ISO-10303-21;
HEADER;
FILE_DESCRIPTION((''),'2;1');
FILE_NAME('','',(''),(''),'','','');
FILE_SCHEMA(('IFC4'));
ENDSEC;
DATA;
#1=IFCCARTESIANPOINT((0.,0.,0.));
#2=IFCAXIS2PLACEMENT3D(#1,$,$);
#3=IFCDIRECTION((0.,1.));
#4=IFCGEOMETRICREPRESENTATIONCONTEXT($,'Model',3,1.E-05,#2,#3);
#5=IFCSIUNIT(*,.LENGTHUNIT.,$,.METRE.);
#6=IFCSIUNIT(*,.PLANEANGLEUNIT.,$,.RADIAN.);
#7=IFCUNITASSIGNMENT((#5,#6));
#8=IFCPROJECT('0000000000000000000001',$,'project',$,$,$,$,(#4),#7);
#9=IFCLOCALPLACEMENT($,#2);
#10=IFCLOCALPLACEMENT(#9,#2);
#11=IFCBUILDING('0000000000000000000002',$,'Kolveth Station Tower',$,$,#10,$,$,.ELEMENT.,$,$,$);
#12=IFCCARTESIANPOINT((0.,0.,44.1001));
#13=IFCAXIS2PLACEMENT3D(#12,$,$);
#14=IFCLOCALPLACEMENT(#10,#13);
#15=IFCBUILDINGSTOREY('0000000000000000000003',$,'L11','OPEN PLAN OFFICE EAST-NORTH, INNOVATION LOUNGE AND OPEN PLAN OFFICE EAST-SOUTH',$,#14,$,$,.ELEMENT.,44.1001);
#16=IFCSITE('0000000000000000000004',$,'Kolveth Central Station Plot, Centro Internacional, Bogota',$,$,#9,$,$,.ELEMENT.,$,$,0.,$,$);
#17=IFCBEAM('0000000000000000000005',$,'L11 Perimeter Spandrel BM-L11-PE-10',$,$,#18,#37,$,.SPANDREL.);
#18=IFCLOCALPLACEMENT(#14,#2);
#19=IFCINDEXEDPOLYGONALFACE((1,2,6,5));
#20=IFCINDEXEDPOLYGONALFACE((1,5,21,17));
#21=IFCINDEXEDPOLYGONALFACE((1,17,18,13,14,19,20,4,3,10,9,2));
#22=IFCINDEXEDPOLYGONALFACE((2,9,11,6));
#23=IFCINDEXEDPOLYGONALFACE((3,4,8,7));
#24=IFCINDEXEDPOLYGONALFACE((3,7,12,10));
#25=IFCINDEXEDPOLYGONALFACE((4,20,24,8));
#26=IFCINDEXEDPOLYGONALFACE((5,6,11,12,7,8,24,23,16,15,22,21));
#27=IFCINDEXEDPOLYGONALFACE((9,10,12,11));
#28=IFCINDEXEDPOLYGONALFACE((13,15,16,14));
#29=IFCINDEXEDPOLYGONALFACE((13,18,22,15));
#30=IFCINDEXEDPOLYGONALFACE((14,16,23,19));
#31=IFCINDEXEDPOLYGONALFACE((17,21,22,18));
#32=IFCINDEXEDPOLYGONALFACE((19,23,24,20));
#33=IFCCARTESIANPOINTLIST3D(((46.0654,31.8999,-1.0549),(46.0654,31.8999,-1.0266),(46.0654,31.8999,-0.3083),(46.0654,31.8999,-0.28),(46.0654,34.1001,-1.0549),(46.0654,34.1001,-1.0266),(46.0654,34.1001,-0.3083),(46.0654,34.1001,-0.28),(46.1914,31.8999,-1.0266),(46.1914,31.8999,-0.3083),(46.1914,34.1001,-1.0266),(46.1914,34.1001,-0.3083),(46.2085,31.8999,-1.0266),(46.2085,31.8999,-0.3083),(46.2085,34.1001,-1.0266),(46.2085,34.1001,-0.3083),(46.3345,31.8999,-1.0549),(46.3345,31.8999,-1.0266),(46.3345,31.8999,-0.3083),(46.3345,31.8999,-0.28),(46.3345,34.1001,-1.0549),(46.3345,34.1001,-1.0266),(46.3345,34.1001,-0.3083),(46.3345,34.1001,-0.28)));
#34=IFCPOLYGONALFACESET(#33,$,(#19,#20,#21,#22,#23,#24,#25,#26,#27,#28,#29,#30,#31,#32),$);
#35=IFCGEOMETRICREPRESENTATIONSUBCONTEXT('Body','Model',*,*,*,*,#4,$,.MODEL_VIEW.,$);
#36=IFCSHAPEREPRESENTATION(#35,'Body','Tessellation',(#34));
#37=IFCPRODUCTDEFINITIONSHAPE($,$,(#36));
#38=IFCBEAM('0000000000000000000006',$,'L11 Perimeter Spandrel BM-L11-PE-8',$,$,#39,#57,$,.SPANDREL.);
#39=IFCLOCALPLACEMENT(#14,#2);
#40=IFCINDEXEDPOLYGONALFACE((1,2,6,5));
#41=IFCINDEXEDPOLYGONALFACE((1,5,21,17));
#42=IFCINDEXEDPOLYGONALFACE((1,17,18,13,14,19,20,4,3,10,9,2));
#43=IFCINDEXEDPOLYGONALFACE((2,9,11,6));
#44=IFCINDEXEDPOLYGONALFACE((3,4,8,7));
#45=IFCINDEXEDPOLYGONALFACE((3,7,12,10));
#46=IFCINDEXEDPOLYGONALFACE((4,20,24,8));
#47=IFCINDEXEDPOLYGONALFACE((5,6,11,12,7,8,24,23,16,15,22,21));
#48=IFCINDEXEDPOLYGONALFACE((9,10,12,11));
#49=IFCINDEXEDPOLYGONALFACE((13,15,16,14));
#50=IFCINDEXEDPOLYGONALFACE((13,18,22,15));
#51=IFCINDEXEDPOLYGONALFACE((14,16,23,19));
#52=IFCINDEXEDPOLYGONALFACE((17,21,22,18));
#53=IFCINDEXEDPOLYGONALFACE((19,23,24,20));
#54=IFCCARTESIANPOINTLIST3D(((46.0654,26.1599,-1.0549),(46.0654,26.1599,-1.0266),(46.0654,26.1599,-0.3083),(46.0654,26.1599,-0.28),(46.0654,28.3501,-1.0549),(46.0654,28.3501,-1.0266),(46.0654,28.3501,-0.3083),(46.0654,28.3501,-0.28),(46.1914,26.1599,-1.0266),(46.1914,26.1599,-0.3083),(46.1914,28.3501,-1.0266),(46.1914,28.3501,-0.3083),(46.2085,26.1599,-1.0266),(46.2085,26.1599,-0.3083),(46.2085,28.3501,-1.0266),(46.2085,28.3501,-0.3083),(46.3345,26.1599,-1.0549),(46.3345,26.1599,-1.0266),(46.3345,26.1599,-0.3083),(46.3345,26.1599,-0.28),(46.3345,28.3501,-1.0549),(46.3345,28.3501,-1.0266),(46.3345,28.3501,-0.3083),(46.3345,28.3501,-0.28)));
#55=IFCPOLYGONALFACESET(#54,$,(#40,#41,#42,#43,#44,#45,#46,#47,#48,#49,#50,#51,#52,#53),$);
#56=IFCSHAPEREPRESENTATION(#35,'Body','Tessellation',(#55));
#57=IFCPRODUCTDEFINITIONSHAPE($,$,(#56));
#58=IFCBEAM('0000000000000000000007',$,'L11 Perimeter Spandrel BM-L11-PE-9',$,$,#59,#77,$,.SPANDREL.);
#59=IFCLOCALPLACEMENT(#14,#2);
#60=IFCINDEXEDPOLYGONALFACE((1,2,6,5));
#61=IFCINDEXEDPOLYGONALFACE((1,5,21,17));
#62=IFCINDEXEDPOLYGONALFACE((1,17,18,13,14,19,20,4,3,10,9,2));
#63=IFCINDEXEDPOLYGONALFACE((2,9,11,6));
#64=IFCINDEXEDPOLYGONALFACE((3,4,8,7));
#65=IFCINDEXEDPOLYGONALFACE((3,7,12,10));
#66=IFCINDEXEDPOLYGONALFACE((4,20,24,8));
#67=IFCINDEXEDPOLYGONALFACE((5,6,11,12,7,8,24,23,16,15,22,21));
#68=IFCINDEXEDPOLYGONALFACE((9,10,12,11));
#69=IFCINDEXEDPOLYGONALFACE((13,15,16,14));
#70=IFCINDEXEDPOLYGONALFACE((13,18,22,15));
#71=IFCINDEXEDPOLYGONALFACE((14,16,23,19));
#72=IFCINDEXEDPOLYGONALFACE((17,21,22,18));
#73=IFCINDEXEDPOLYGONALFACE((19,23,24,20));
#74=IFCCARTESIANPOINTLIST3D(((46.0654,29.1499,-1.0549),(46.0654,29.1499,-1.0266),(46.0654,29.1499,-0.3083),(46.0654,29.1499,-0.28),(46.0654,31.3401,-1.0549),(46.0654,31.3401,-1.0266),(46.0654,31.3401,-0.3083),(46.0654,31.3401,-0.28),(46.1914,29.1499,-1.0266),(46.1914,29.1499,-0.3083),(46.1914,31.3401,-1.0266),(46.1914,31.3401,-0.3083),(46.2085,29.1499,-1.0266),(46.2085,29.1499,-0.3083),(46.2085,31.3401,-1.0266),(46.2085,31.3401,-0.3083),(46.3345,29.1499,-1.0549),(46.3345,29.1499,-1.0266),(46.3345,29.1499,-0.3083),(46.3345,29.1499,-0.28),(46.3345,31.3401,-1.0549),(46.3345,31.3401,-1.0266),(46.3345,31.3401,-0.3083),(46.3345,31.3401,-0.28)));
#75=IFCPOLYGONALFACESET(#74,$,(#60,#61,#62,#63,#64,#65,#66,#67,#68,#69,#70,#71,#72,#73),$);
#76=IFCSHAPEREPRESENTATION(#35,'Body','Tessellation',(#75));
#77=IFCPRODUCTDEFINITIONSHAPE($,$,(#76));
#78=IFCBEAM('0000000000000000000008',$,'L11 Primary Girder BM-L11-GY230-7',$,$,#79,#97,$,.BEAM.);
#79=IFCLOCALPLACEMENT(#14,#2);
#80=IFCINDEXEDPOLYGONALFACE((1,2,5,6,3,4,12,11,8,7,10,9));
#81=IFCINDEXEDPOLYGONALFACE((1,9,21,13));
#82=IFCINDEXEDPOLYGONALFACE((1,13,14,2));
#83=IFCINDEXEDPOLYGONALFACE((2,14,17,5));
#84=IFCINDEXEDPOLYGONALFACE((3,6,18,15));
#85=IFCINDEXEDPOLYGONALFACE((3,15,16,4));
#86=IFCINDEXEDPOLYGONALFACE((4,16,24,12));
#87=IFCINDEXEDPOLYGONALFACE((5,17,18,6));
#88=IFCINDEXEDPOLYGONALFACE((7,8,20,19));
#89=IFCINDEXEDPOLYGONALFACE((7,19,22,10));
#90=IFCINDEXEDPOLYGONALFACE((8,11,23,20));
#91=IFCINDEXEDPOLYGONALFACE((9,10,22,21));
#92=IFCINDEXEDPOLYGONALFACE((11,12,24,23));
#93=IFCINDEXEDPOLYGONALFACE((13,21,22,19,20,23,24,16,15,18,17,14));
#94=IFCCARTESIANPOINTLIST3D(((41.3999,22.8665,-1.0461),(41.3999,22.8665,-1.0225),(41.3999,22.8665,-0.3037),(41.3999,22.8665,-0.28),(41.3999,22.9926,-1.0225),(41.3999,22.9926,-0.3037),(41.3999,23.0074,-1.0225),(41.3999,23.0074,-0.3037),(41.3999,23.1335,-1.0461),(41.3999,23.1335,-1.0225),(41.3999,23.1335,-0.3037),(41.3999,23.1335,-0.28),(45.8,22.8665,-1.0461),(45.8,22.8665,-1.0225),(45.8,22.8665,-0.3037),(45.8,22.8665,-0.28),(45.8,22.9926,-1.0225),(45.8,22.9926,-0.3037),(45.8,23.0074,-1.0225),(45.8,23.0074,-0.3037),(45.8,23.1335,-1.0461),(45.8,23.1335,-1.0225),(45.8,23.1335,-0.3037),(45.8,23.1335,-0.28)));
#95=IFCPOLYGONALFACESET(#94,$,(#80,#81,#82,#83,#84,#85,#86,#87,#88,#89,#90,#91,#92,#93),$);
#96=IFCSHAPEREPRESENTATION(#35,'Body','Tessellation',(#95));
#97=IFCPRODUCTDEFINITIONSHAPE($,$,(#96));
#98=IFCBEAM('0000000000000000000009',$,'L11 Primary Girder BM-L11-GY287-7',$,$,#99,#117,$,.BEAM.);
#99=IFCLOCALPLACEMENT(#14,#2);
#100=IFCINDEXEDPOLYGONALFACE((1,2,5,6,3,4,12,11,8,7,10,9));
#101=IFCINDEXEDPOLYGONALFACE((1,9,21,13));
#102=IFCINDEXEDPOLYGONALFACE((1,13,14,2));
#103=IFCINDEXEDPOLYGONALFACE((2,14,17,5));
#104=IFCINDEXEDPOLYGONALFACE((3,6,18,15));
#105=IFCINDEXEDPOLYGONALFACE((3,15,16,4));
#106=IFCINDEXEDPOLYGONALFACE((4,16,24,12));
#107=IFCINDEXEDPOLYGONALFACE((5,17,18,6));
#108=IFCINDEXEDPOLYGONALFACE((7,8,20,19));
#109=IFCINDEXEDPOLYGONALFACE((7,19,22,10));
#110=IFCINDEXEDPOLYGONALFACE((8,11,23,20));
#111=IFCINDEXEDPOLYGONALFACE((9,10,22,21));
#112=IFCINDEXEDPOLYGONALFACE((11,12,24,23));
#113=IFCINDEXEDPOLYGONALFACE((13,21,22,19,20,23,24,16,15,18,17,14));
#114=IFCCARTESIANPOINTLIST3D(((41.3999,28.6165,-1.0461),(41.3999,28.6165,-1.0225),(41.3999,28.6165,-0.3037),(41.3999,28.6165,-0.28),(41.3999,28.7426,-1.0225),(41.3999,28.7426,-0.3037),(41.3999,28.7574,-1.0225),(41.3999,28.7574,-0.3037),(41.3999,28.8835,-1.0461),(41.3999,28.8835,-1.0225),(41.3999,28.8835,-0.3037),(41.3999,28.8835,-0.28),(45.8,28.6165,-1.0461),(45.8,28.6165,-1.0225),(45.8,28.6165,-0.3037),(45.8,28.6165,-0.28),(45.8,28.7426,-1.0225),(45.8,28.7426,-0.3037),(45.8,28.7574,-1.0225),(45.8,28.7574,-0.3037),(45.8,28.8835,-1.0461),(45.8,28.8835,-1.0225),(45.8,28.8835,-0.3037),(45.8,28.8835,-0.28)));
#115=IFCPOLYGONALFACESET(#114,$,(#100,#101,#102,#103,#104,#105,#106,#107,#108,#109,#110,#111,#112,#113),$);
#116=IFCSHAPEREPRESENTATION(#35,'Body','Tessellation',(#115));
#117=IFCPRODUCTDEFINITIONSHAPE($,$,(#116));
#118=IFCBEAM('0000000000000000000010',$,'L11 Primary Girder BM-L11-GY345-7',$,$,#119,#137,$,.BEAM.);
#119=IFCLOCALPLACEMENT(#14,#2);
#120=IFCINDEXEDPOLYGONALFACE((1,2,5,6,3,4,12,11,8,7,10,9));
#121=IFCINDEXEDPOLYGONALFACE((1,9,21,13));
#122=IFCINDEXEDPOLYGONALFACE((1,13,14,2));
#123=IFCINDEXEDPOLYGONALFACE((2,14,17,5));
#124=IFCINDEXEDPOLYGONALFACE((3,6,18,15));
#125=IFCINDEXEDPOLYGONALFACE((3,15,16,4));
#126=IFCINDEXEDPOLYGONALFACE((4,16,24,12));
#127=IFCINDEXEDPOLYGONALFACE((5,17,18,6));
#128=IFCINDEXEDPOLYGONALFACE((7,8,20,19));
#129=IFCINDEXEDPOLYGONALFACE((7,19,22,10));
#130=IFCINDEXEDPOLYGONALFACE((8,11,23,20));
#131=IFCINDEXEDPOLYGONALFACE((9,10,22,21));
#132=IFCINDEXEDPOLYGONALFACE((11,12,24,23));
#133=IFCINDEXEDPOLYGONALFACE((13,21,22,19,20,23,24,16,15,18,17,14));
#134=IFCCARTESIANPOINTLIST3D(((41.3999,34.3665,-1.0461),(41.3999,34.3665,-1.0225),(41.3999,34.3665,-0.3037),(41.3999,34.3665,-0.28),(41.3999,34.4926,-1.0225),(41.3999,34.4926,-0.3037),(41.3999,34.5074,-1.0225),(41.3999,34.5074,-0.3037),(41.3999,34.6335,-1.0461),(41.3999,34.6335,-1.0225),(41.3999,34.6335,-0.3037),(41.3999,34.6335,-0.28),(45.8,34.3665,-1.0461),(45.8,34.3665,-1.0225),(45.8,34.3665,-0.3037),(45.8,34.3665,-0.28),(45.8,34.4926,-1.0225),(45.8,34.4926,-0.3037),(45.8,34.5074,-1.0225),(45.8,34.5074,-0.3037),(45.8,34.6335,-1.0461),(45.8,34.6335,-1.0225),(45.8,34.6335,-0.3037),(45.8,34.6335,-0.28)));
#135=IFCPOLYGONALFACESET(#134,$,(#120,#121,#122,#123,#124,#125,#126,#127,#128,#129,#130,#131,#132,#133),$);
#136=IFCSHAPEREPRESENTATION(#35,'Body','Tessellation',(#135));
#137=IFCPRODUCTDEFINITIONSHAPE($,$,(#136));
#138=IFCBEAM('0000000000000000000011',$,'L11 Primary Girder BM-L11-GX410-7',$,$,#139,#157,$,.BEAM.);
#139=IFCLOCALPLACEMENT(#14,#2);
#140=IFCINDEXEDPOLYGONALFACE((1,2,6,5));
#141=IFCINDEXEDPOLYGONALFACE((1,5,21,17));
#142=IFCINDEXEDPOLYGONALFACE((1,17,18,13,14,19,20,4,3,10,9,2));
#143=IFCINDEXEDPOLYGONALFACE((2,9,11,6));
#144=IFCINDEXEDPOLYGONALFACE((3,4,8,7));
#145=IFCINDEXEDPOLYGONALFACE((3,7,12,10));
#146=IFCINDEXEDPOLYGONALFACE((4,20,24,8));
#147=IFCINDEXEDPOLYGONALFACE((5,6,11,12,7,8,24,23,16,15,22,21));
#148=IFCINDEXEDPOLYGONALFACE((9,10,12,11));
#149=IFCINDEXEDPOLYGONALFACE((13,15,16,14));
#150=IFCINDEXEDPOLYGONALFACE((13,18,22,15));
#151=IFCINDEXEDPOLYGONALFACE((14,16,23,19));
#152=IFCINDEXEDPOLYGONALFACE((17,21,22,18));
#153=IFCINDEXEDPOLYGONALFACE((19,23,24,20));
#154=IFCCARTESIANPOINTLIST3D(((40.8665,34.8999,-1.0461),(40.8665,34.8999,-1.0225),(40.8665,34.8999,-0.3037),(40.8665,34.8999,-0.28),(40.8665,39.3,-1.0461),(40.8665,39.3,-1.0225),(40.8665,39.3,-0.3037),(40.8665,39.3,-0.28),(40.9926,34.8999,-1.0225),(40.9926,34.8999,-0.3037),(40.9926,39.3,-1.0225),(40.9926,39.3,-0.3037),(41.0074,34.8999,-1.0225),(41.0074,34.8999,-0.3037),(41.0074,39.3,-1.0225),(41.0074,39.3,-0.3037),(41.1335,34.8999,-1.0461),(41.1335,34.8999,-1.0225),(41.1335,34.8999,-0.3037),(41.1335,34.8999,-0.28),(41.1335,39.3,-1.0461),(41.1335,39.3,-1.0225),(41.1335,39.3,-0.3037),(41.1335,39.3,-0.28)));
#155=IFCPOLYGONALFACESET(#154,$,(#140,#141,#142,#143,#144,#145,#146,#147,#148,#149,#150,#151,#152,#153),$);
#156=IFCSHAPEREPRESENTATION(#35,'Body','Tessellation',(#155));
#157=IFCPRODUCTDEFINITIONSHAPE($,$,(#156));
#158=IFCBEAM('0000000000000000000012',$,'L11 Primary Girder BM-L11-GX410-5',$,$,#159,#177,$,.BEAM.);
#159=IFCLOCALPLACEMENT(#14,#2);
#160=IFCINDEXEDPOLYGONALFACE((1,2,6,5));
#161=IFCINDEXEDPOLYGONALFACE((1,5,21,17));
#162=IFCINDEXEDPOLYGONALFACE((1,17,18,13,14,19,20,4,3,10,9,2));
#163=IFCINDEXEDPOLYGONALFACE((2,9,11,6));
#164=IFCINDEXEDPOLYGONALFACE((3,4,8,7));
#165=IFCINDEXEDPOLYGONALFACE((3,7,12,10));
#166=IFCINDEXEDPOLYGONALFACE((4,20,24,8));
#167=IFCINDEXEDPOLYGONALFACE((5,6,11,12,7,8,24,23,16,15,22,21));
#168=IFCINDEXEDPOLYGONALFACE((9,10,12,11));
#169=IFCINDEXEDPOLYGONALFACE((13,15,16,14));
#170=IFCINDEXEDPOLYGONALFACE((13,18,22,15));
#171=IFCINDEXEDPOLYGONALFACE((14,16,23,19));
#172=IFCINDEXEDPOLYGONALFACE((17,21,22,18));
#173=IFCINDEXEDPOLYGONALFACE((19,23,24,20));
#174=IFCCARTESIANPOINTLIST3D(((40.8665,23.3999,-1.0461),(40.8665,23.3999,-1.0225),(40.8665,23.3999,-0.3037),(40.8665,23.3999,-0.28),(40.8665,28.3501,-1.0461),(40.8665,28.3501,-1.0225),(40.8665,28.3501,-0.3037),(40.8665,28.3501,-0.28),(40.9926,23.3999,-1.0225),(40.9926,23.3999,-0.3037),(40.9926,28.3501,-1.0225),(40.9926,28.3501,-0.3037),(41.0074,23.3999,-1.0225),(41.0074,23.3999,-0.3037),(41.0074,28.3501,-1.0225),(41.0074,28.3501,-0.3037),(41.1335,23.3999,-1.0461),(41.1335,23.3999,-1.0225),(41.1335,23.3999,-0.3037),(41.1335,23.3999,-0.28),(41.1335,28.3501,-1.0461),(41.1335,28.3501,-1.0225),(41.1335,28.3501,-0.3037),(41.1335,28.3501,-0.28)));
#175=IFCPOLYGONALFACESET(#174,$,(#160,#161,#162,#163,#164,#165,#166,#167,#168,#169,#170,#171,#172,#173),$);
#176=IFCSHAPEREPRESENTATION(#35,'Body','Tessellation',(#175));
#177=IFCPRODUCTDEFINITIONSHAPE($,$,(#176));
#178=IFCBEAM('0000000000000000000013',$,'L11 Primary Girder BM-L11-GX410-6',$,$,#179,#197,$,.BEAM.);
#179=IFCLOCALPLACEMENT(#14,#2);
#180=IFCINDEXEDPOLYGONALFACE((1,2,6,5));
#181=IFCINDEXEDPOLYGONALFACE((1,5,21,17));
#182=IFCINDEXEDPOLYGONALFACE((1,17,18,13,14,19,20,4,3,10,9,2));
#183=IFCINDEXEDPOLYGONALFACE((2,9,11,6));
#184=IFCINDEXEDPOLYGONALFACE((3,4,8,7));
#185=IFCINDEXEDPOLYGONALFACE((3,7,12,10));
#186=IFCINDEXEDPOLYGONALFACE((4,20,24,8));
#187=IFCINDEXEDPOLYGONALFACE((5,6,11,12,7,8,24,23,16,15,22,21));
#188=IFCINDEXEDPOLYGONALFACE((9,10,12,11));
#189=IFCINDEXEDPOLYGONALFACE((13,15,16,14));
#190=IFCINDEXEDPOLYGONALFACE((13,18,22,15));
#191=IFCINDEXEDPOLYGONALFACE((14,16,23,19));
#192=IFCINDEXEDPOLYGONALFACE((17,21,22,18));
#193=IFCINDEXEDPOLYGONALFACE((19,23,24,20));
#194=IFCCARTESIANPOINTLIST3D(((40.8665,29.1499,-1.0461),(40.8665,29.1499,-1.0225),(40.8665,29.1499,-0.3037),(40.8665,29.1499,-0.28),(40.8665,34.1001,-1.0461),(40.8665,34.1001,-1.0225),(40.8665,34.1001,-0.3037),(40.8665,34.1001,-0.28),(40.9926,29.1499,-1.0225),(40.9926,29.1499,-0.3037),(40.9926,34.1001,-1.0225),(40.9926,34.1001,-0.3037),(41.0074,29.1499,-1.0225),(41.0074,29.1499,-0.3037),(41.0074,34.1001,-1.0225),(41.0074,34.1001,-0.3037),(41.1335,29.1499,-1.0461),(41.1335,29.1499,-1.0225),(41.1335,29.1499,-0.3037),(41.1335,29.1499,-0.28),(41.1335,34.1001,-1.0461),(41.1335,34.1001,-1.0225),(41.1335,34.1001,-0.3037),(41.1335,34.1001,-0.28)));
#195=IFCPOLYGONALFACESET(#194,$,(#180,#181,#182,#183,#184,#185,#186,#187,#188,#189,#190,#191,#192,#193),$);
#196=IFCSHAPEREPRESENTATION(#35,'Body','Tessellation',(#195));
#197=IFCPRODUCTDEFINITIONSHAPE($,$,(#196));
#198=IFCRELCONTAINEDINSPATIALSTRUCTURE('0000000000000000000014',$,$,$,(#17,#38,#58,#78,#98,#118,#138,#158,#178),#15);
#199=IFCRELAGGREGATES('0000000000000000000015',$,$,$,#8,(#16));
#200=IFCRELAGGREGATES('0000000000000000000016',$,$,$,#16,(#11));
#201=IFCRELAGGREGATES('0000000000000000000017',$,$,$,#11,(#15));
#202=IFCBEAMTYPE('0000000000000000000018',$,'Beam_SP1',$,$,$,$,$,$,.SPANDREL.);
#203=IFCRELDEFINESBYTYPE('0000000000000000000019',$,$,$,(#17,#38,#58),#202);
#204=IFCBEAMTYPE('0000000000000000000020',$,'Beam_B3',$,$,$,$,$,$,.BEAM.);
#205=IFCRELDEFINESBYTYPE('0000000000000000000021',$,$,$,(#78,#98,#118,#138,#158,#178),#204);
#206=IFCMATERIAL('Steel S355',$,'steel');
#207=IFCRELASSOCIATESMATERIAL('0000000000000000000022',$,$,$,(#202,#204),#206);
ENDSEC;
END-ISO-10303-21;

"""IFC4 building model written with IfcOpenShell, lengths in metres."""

from ifc_helpers import new_model, si_unit, direction, frame, origin, origin_2d, place, context, subcontext, project, spatial, i_section, extrude, source, transform, mapped, material, material_profile, profile_set, type_object, element, save


model = new_model("IFC4")

# Units and contexts
model_context = context("Model", 3, precision=1e-05, world=origin(), true_north=direction((0.0, 1.0)))
body_context = subcontext(model_context, "Body", "Model", "MODEL_VIEW")
ifc_project = project(units=[si_unit("LENGTHUNIT", "METRE"), si_unit("PLANEANGLEUNIT", "RADIAN")], contexts=[model_context])

# Site, building, storey
site_placement = place(None, origin())
site = spatial("IfcSite", under=ifc_project, at=site_placement, Name="Kolveth Central Station Plot, Centro Internacional, Bogota", CompositionType="ELEMENT", RefElevation=0.0)
building_placement = place(site_placement, origin())
building = spatial("IfcBuilding", under=site, at=building_placement, Name="Kolveth Station Tower", CompositionType="ELEMENT")
storey_placement = place(building_placement, frame((0.0, 0.0, 44.1001)))
storey = spatial("IfcBuildingStorey", under=building, at=storey_placement, Name="L11", Description="OPEN PLAN OFFICE EAST-NORTH, INNOVATION LOUNGE AND OPEN PLAN OFFICE EAST-SOUTH", CompositionType="ELEMENT", Elevation=44.1001)

# Shared definitions
ifc_material_1 = material(Name="Steel S355", Category="steel")

# Beams
ifc_material_profile_1 = material_profile(ifc_material_1, i_section(OverallWidth=0.269, OverallDepth=0.7749, WebThickness=0.0171, FlangeThickness=0.0283, at=origin_2d()), Name="W760x220")
ifc_profile_set_1 = profile_set([ifc_material_profile_1], Name="Steel S355")
beam_type_1 = type_object("IfcBeamType", Name="Beam_SP1", PredefinedType="SPANDREL", material=ifc_profile_set_1)
shared_shape_1 = source(origin(), body_context, "Body", "SweptSolid", [
    extrude(i_section(OverallWidth=0.269, OverallDepth=0.7749, WebThickness=0.0171, FlangeThickness=0.0283, at=origin_2d()), origin(), (0.0, 0.0, 1.0), 2.2002),
])
for number, where, z_axis, x_axis, name in (
    (1, (46.2, 31.8999, -0.6675), (0.0, 1.0, 0.0), (-1.0, 0.0, 0.0), "L11 Perimeter Spandrel BM-L11-PE-10"),
):
    element("IfcBeam", number, at=place(storey_placement, frame(where, z_axis=z_axis, x_axis=x_axis)), inside=storey, type_object=beam_type_1, Name=name, PredefinedType="SPANDREL", context=body_context, shape_type="MappedRepresentation", body=[
        mapped(shared_shape_1, transform((0.0, 0.0, 0.0), x_axis=(1.0, 0.0, 0.0), y_axis=(0.0, 1.0, 0.0), z_axis=(0.0, 0.0, 1.0), scale=1.0)),
    ])
shared_shape_2 = source(origin(), body_context, "Body", "SweptSolid", [
    extrude(i_section(OverallWidth=0.269, OverallDepth=0.7749, WebThickness=0.0171, FlangeThickness=0.0283, at=origin_2d()), origin(), (0.0, 0.0, 1.0), 2.1902),
])
for number, where, z_axis, x_axis, name in (
    (2, (46.2, 26.1599, -0.6675), (0.0, 1.0, 0.0), (-1.0, 0.0, 0.0), "L11 Perimeter Spandrel BM-L11-PE-8"),
    (3, (46.2, 29.1499, -0.6675), (0.0, 1.0, 0.0), (-1.0, 0.0, 0.0), "L11 Perimeter Spandrel BM-L11-PE-9"),
):
    element("IfcBeam", number, at=place(storey_placement, frame(where, z_axis=z_axis, x_axis=x_axis)), inside=storey, type_object=beam_type_1, Name=name, PredefinedType="SPANDREL", context=body_context, shape_type="MappedRepresentation", body=[
        mapped(shared_shape_2, transform((0.0, 0.0, 0.0), x_axis=(1.0, 0.0, 0.0), y_axis=(0.0, 1.0, 0.0), z_axis=(0.0, 0.0, 1.0), scale=1.0)),
    ])
ifc_material_profile_2 = material_profile(ifc_material_1, i_section(OverallWidth=0.2671, OverallDepth=0.7661, WebThickness=0.0149, FlangeThickness=0.0237, at=origin_2d()), Name="W760x185")
ifc_profile_set_2 = profile_set([ifc_material_profile_2], Name="Steel S355")
beam_type_2 = type_object("IfcBeamType", Name="Beam_B3", PredefinedType="BEAM", material=ifc_profile_set_2)
shared_shape_3 = source(origin(), body_context, "Body", "SweptSolid", [
    extrude(i_section(OverallWidth=0.2671, OverallDepth=0.7661, WebThickness=0.0149, FlangeThickness=0.0237, at=origin_2d()), origin(), (0.0, 0.0, 1.0), 4.4001),
])
for number, where, z_axis, x_axis, name in (
    (4, (41.3999, 23.0, -0.6631), (1.0, 0.0, 0.0), (0.0, 1.0, 0.0), "L11 Primary Girder BM-L11-GY230-7"),
    (5, (41.3999, 28.75, -0.6631), (1.0, 0.0, 0.0), (0.0, 1.0, 0.0), "L11 Primary Girder BM-L11-GY287-7"),
    (6, (41.3999, 34.5, -0.6631), (1.0, 0.0, 0.0), (0.0, 1.0, 0.0), "L11 Primary Girder BM-L11-GY345-7"),
    (7, (41.0, 34.8999, -0.6631), (0.0, 1.0, 0.0), (-1.0, 0.0, 0.0), "L11 Primary Girder BM-L11-GX410-7"),
):
    element("IfcBeam", number, at=place(storey_placement, frame(where, z_axis=z_axis, x_axis=x_axis)), inside=storey, type_object=beam_type_2, Name=name, PredefinedType="BEAM", context=body_context, shape_type="MappedRepresentation", body=[
        mapped(shared_shape_3, transform((0.0, 0.0, 0.0), x_axis=(1.0, 0.0, 0.0), y_axis=(0.0, 1.0, 0.0), z_axis=(0.0, 0.0, 1.0), scale=1.0)),
    ])
shared_shape_4 = source(origin(), body_context, "Body", "SweptSolid", [
    extrude(i_section(OverallWidth=0.2671, OverallDepth=0.7661, WebThickness=0.0149, FlangeThickness=0.0237, at=origin_2d()), origin(), (0.0, 0.0, 1.0), 4.9502),
])
for number, where, z_axis, x_axis, name in (
    (8, (41.0, 23.3999, -0.6631), (0.0, 1.0, 0.0), (-1.0, 0.0, 0.0), "L11 Primary Girder BM-L11-GX410-5"),
    (9, (41.0, 29.1499, -0.6631), (0.0, 1.0, 0.0), (-1.0, 0.0, 0.0), "L11 Primary Girder BM-L11-GX410-6"),
):
    element("IfcBeam", number, at=place(storey_placement, frame(where, z_axis=z_axis, x_axis=x_axis)), inside=storey, type_object=beam_type_2, Name=name, PredefinedType="BEAM", context=body_context, shape_type="MappedRepresentation", body=[
        mapped(shared_shape_4, transform((0.0, 0.0, 0.0), x_axis=(1.0, 0.0, 0.0), y_axis=(0.0, 1.0, 0.0), z_axis=(0.0, 0.0, 1.0), scale=1.0)),
    ])

save(model, "model.ifc")
